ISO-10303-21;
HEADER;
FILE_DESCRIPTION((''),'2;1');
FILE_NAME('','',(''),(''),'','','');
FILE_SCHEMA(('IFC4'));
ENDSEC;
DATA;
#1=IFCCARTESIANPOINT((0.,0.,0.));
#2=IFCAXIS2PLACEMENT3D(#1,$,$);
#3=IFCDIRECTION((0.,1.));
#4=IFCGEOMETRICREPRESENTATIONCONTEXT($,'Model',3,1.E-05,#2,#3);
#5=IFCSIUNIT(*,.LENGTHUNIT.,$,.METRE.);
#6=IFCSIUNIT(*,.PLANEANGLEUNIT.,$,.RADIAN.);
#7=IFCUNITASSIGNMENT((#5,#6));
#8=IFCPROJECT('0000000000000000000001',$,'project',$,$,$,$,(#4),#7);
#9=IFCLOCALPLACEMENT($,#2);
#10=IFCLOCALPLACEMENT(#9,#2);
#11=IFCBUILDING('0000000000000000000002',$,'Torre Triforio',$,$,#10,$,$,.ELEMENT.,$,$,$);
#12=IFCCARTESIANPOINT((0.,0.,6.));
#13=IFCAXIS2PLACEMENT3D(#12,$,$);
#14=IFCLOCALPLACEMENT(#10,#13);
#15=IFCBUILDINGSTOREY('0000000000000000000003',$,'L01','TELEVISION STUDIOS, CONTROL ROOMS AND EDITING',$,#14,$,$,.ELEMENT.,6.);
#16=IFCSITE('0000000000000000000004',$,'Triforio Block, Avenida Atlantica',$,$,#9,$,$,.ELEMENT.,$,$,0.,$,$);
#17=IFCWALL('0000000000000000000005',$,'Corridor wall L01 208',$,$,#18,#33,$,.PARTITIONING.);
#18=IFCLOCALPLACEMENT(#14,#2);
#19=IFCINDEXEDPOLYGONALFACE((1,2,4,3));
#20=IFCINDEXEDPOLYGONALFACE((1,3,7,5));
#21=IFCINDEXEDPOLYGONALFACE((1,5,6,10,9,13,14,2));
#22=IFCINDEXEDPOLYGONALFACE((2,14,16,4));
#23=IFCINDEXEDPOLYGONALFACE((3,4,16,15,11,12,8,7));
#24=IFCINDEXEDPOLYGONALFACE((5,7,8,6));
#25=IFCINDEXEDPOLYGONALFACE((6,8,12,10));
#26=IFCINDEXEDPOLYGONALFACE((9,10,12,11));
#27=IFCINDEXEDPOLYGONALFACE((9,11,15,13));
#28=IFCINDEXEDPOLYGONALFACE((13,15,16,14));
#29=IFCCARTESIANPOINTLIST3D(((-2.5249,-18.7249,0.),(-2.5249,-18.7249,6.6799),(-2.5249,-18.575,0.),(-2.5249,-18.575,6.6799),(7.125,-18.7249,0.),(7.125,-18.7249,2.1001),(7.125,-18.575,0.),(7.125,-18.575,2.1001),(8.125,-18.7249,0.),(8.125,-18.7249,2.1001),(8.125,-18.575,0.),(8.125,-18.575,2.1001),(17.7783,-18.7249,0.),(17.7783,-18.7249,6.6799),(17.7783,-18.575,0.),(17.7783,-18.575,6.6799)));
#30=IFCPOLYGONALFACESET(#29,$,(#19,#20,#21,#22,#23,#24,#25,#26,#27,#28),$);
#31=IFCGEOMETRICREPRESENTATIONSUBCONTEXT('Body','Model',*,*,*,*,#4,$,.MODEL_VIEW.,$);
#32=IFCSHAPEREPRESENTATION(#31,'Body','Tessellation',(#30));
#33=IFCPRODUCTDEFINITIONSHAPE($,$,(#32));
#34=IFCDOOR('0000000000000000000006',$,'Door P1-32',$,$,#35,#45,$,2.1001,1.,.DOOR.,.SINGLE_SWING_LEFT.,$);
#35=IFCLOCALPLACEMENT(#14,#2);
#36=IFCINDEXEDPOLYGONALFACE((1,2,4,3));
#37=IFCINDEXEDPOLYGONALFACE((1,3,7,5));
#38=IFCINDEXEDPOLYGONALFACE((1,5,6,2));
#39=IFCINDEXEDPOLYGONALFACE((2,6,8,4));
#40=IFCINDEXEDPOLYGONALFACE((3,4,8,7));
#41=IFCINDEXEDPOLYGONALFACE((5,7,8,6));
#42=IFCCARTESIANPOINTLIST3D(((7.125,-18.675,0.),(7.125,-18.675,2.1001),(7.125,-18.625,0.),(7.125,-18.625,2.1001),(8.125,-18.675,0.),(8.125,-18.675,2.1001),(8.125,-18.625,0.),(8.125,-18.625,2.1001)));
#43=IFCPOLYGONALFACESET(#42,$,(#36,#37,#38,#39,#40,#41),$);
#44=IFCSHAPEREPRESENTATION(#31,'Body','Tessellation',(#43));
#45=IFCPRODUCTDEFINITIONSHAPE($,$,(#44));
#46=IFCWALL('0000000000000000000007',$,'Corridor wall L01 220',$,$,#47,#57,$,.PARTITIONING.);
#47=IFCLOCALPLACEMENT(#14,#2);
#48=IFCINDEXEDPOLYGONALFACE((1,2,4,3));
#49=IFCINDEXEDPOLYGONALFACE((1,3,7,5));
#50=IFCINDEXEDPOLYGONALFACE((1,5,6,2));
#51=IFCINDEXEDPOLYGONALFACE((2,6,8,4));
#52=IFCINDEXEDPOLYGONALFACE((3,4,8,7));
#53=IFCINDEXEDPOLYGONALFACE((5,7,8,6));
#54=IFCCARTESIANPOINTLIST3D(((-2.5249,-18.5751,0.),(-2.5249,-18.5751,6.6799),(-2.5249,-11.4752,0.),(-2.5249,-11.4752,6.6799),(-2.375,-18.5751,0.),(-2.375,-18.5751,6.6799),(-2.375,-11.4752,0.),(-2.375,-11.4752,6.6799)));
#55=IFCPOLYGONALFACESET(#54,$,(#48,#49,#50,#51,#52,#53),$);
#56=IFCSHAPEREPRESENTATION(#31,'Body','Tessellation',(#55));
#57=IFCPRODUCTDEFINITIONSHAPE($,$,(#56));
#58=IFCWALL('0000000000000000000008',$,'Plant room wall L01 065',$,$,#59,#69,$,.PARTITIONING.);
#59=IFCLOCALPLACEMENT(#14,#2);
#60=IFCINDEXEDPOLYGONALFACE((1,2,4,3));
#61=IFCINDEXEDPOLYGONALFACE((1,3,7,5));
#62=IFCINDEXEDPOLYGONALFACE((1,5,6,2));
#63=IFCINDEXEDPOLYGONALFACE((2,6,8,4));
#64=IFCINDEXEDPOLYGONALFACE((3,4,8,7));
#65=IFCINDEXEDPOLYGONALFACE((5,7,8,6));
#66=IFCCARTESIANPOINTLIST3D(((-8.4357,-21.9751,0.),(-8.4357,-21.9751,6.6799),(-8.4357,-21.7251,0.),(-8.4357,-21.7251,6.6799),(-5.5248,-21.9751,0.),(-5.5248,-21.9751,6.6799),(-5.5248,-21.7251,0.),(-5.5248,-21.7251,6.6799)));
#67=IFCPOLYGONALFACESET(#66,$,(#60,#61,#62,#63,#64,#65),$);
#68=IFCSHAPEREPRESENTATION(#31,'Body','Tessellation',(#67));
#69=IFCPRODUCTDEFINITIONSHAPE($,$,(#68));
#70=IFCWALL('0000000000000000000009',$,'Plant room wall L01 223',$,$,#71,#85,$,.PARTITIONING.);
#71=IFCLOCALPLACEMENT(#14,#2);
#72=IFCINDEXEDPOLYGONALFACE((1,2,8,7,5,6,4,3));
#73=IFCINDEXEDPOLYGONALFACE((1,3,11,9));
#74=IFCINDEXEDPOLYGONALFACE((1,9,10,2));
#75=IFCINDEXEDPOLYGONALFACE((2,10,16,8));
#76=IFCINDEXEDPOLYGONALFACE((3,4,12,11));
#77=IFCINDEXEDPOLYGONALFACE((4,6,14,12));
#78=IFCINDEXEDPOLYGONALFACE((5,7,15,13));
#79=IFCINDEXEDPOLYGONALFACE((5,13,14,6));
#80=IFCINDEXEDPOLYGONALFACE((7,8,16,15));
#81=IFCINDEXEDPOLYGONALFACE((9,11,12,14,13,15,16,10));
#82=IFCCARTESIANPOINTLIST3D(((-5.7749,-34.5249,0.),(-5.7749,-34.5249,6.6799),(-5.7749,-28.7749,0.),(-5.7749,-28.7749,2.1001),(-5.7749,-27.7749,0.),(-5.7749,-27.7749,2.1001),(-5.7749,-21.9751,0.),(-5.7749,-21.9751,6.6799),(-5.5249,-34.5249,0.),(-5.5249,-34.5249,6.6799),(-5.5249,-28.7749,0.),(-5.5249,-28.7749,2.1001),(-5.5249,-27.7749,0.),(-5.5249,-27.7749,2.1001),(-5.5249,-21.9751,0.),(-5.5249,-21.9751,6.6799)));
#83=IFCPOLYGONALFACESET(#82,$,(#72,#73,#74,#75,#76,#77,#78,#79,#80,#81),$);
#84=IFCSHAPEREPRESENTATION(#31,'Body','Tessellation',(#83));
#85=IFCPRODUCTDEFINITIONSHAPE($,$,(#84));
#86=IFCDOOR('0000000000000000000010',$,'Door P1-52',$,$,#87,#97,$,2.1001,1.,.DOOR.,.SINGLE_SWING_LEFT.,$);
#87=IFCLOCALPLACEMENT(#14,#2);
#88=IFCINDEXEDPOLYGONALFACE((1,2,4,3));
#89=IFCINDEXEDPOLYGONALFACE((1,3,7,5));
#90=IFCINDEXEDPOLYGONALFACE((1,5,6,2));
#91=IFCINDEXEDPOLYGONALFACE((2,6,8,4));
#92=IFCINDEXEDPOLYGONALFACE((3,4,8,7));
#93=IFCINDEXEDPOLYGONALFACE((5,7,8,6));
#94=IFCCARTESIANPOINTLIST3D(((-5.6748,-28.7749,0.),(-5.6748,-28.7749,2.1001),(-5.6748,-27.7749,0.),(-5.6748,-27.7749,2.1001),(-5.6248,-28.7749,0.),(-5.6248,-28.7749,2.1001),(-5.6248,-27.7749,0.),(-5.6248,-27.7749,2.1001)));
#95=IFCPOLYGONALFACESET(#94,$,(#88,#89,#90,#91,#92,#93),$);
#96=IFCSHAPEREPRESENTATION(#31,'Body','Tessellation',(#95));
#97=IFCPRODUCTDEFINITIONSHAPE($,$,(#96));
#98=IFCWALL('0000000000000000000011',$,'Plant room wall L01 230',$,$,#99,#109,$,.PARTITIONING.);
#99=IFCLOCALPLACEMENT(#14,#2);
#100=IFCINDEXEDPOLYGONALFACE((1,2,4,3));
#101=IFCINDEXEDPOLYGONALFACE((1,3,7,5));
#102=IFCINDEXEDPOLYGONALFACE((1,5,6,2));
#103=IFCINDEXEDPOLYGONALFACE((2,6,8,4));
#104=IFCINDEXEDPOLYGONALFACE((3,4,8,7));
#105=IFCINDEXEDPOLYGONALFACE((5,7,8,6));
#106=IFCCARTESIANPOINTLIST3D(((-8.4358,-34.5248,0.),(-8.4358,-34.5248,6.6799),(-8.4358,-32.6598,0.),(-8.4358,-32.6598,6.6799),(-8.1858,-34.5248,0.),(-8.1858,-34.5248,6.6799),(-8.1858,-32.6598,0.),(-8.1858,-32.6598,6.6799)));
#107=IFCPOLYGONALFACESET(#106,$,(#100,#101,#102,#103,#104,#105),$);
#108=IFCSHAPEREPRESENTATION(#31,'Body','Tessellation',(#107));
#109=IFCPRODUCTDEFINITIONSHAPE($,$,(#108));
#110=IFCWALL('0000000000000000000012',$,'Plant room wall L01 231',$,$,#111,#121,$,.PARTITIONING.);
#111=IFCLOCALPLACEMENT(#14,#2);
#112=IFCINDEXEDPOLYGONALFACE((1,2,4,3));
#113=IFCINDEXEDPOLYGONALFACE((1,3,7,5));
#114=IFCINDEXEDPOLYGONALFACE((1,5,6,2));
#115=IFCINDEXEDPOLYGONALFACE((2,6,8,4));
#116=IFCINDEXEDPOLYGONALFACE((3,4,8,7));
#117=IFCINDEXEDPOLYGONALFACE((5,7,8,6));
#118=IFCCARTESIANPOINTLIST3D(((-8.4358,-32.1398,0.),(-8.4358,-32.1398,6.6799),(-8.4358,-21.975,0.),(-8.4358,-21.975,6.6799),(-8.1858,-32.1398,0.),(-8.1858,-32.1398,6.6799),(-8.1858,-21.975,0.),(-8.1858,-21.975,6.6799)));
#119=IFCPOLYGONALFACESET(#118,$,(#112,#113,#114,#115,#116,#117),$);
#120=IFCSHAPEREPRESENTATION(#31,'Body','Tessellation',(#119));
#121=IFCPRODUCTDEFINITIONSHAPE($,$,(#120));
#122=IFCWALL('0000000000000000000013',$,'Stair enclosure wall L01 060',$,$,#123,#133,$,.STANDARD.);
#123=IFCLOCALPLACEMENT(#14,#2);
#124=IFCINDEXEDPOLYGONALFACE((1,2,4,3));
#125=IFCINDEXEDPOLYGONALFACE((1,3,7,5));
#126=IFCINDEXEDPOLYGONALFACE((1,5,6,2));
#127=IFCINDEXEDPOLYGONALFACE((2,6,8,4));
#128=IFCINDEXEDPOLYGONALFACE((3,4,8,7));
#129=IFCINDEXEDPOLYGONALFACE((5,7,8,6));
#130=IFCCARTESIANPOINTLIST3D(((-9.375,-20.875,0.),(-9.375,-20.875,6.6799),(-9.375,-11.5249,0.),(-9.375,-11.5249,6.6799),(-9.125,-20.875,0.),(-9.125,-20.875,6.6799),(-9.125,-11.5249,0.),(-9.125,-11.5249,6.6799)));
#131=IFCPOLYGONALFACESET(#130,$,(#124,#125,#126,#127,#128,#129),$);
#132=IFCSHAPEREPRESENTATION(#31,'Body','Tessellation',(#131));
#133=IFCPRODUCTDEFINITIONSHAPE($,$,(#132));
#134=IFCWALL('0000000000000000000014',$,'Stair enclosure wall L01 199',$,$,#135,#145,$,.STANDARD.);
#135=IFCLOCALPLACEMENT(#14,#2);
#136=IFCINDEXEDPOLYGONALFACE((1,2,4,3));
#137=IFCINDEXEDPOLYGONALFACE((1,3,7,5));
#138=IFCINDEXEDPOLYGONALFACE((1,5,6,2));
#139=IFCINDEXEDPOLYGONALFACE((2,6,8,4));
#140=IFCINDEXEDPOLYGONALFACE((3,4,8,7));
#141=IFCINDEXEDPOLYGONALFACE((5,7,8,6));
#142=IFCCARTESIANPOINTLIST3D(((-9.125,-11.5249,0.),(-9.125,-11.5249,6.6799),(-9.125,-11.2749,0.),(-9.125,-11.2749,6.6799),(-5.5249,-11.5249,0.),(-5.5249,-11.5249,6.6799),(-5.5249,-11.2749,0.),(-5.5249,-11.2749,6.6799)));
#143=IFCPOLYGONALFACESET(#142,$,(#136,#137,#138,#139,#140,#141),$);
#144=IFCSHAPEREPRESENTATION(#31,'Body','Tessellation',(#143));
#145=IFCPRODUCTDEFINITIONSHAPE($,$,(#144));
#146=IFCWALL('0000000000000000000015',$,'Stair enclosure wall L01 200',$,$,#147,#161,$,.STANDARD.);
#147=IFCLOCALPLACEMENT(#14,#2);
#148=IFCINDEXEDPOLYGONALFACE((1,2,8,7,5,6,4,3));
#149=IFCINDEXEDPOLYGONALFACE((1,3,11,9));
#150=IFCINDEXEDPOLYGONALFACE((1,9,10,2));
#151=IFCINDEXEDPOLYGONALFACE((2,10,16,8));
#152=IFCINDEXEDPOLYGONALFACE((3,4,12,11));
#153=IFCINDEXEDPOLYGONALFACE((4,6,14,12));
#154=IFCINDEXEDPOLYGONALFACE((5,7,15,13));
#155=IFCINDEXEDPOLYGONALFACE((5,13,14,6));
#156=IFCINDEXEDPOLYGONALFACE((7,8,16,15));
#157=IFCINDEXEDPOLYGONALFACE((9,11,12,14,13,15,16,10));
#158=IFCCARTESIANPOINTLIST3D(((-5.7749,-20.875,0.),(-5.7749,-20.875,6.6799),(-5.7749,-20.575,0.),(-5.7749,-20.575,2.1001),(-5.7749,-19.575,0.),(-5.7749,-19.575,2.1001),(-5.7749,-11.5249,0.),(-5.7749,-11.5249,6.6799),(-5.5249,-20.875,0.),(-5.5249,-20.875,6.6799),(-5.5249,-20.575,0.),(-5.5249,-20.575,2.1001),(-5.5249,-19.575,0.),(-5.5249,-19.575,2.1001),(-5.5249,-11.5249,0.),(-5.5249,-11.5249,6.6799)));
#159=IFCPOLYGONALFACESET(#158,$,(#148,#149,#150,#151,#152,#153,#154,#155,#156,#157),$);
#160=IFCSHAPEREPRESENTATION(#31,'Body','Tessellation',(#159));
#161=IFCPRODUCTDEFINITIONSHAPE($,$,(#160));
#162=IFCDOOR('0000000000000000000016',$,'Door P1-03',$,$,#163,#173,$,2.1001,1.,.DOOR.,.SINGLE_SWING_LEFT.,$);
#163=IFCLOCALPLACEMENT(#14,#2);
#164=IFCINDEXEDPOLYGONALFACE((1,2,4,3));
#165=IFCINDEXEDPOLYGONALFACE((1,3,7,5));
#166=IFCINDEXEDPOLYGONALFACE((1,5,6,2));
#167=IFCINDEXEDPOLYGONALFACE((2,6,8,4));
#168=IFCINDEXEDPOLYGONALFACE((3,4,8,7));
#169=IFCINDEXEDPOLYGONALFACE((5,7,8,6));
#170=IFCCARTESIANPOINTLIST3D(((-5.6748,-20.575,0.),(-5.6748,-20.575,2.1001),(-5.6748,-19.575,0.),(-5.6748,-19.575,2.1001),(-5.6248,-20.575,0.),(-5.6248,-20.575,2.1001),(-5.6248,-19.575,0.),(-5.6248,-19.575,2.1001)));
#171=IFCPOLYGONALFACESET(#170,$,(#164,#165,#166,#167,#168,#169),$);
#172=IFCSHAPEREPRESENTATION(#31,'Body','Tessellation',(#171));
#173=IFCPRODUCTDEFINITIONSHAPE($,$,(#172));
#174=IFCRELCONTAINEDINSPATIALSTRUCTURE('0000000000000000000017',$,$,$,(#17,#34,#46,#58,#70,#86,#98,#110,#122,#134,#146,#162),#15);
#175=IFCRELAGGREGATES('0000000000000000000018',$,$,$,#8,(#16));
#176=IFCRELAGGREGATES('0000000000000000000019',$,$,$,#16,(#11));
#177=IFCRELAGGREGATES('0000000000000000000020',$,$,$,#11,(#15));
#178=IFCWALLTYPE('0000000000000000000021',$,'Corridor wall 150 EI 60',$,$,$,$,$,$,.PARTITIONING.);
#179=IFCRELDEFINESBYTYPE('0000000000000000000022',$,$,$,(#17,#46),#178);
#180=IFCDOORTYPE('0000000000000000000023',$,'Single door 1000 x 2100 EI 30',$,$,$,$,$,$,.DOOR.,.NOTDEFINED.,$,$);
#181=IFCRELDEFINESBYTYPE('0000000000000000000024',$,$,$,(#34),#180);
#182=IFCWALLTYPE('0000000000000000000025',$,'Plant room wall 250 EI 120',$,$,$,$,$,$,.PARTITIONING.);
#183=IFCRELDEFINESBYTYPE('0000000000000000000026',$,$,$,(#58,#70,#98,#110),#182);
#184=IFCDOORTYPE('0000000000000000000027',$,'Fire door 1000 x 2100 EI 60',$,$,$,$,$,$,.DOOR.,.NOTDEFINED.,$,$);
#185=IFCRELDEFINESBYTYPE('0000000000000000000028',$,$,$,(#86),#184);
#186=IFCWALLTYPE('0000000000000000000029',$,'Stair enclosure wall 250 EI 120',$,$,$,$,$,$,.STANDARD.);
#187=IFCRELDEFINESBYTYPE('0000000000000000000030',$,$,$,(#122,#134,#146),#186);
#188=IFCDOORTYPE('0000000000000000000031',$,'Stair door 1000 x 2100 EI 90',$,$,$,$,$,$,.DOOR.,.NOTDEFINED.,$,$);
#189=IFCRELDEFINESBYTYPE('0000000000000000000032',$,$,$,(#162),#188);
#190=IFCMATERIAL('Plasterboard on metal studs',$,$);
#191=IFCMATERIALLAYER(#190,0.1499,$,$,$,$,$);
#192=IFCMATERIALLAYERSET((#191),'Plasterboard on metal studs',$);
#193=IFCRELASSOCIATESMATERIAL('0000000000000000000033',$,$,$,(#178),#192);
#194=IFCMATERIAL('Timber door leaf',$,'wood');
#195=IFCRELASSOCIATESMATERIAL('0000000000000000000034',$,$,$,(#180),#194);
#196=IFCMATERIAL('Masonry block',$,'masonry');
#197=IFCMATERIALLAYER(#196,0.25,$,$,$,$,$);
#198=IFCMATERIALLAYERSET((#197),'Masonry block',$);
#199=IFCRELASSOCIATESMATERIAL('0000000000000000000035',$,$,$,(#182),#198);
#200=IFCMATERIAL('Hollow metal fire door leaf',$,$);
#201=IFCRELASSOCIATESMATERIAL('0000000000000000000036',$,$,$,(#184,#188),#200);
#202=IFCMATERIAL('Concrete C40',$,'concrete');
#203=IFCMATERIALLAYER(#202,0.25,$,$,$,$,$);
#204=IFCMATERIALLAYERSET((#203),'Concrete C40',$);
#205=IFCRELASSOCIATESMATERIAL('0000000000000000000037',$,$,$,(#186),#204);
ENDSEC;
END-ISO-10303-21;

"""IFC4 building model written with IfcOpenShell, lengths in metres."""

from ifc_helpers import new_model, si_unit, direction, frame, frame_2d, origin, place, context, subcontext, project, spatial, rectangle, extrude, material, layer, layer_set, type_object, element, fill, save


model = new_model("IFC4")

# Units and contexts
model_context = context("Model", 3, precision=1e-05, world=origin(), true_north=direction((0.0, 1.0)))
body_context = subcontext(model_context, "Body", "Model", "MODEL_VIEW")
ifc_project = project(units=[si_unit("LENGTHUNIT", "METRE"), si_unit("PLANEANGLEUNIT", "RADIAN")], contexts=[model_context])

# Site, building, storey
site_placement = place(None, origin())
site = spatial("IfcSite", under=ifc_project, at=site_placement, Name="Triforio Block, Avenida Atlantica", CompositionType="ELEMENT", RefElevation=0.0)
building_placement = place(site_placement, origin())
building = spatial("IfcBuilding", under=site, at=building_placement, Name="Torre Triforio", CompositionType="ELEMENT")
storey_placement = place(building_placement, frame((0.0, 0.0, 6.0)))
storey = spatial("IfcBuildingStorey", under=building, at=storey_placement, Name="L01", Description="TELEVISION STUDIOS, CONTROL ROOMS AND EDITING", CompositionType="ELEMENT", Elevation=6.0)

# Shared definitions
ifc_material_1 = material(Name="Plasterboard on metal studs")
ifc_layer_1 = layer(ifc_material_1, 0.1499)
ifc_layer_set_1 = layer_set([ifc_layer_1], Name="Plasterboard on metal studs")
wall_type_1 = type_object("IfcWallType", Name="Corridor wall 150 EI 60", PredefinedType="PARTITIONING", material=ifc_layer_set_1)

# Shared definitions
ifc_material_2 = material(Name="Timber door leaf", Category="wood")
door_type_1 = type_object("IfcDoorType", Name="Single door 1000 x 2100 EI 30", OperationType="NOTDEFINED", PredefinedType="DOOR", material=ifc_material_2)

# Wall, opening, door
wall_1_placement = place(storey_placement, frame((-2.5249, -18.6499, 0.0), z_axis=(0.0, 0.0, 1.0), x_axis=(1.0, 0.0, 0.0)))
wall_1 = element("IfcWall", 1, at=wall_1_placement, inside=storey, type_object=wall_type_1, Name="Corridor wall L01 208", PredefinedType="PARTITIONING", context=body_context, shape_type="SweptSolid", body=[
    extrude(rectangle(XDim=20.3032, YDim=0.1499, at=frame_2d((10.1516, 0.0))), origin(), (0.0, 0.0, 1.0), 6.6799),
])
opening_1_placement = place(wall_1_placement, frame((9.6499, 0.0, 0.0)))
opening_1 = element("IfcOpeningElement", 2, at=opening_1_placement, cuts=wall_1, PredefinedType="OPENING", context=body_context, shape_type="SweptSolid", body=[
    extrude(rectangle(XDim=1.0, YDim=2.1001, at=frame_2d((0.5, 1.05))), frame((0.0, 0.085, 0.0), z_axis=(0.0, -1.0, 0.0), x_axis=(1.0, 0.0, 0.0)), (0.0, 0.0, 1.0), 0.1699),
])
door_1_placement = place(opening_1_placement, origin())
door_1 = element("IfcDoor", 3, at=door_1_placement, inside=storey, type_object=door_type_1, Name="Door P1-32", OperationType="SINGLE_SWING_LEFT", OverallHeight=2.1001, OverallWidth=1.0, PredefinedType="DOOR", context=body_context, shape_type="SweptSolid", body=[
    extrude(rectangle(XDim=1.0, YDim=2.1001, at=frame_2d((0.5, 1.05))), frame((0.0, 0.0249, 0.0), z_axis=(0.0, -1.0, 0.0), x_axis=(1.0, 0.0, 0.0)), (0.0, 0.0, 1.0), 0.05),
])
fill(opening_1, door_1)

# Walls
wall_2_placement = place(storey_placement, frame((-2.45, -18.575, 0.0), z_axis=(0.0, 0.0, 1.0), x_axis=(0.0, 1.0, 0.0)))
element("IfcWall", 4, at=wall_2_placement, inside=storey, type_object=wall_type_1, Name="Corridor wall L01 220", PredefinedType="PARTITIONING", context=body_context, shape_type="SweptSolid", body=[
    extrude(rectangle(XDim=7.0999, YDim=0.1499, at=frame_2d((3.5498, 0.0))), origin(), (0.0, 0.0, 1.0), 6.6799),
])
ifc_material_3 = material(Name="Masonry block", Category="masonry")
ifc_layer_2 = layer(ifc_material_3, 0.25)
ifc_layer_set_2 = layer_set([ifc_layer_2], Name="Masonry block")
wall_type_2 = type_object("IfcWallType", Name="Plant room wall 250 EI 120", PredefinedType="PARTITIONING", material=ifc_layer_set_2)
wall_3_placement = place(storey_placement, frame((-8.4358, -21.8501, 0.0), z_axis=(0.0, 0.0, 1.0), x_axis=(1.0, 0.0, 0.0)))
element("IfcWall", 5, at=wall_3_placement, inside=storey, type_object=wall_type_2, Name="Plant room wall L01 065", PredefinedType="PARTITIONING", context=body_context, shape_type="SweptSolid", body=[
    extrude(rectangle(XDim=2.9109, YDim=0.25, at=frame_2d((1.4556, 0.0))), origin(), (0.0, 0.0, 1.0), 6.6799),
])

# Wall, opening, door
wall_4_placement = place(storey_placement, frame((-5.6499, -34.5249, 0.0), z_axis=(0.0, 0.0, 1.0), x_axis=(0.0, 1.0, 0.0)))
wall_4 = element("IfcWall", 6, at=wall_4_placement, inside=storey, type_object=wall_type_2, Name="Plant room wall L01 223", PredefinedType="PARTITIONING", context=body_context, shape_type="SweptSolid", body=[
    extrude(rectangle(XDim=12.5498, YDim=0.25, at=frame_2d((6.2749, 0.0))), origin(), (0.0, 0.0, 1.0), 6.6799),
])
opening_2_placement = place(wall_4_placement, frame((5.75, 0.0, 0.0)))
opening_2 = element("IfcOpeningElement", 7, at=opening_2_placement, cuts=wall_4, PredefinedType="OPENING", context=body_context, shape_type="SweptSolid", body=[
    extrude(rectangle(XDim=1.0, YDim=2.1001, at=frame_2d((0.5, 1.05))), frame((0.0, 0.135, 0.0), z_axis=(0.0, -1.0, 0.0), x_axis=(1.0, 0.0, 0.0)), (0.0, 0.0, 1.0), 0.27),
])
ifc_material_4 = material(Name="Hollow metal fire door leaf")
door_type_2 = type_object("IfcDoorType", Name="Fire door 1000 x 2100 EI 60", OperationType="NOTDEFINED", PredefinedType="DOOR", material=ifc_material_4)
door_2_placement = place(opening_2_placement, origin())
door_2 = element("IfcDoor", 8, at=door_2_placement, inside=storey, type_object=door_type_2, Name="Door P1-52", OperationType="SINGLE_SWING_LEFT", OverallHeight=2.1001, OverallWidth=1.0, PredefinedType="DOOR", context=body_context, shape_type="SweptSolid", body=[
    extrude(rectangle(XDim=1.0, YDim=2.1001, at=frame_2d((0.5, 1.05))), frame((0.0, 0.0249, 0.0), z_axis=(0.0, -1.0, 0.0), x_axis=(1.0, 0.0, 0.0)), (0.0, 0.0, 1.0), 0.05),
])
fill(opening_2, door_2)

# Walls
wall_5_placement = place(storey_placement, frame((-8.3108, -34.5249, 0.0), z_axis=(0.0, 0.0, 1.0), x_axis=(0.0, 1.0, 0.0)))
element("IfcWall", 9, at=wall_5_placement, inside=storey, type_object=wall_type_2, Name="Plant room wall L01 230", PredefinedType="PARTITIONING", context=body_context, shape_type="SweptSolid", body=[
    extrude(rectangle(XDim=1.865, YDim=0.25, at=frame_2d((0.9326, 0.0))), origin(), (0.0, 0.0, 1.0), 6.6799),
])
wall_6_placement = place(storey_placement, frame((-8.3108, -32.1399, 0.0), z_axis=(0.0, 0.0, 1.0), x_axis=(0.0, 1.0, 0.0)))
element("IfcWall", 10, at=wall_6_placement, inside=storey, type_object=wall_type_2, Name="Plant room wall L01 231", PredefinedType="PARTITIONING", context=body_context, shape_type="SweptSolid", body=[
    extrude(rectangle(XDim=10.1648, YDim=0.25, at=frame_2d((5.0825, 0.0))), origin(), (0.0, 0.0, 1.0), 6.6799),
])
ifc_material_5 = material(Name="Concrete C40", Category="concrete")
ifc_layer_3 = layer(ifc_material_5, 0.25)
ifc_layer_set_3 = layer_set([ifc_layer_3], Name="Concrete C40")
wall_type_3 = type_object("IfcWallType", Name="Stair enclosure wall 250 EI 120", PredefinedType="STANDARD", material=ifc_layer_set_3)
wall_7_placement = place(storey_placement, frame((-9.25, -20.875, 0.0), z_axis=(0.0, 0.0, 1.0), x_axis=(0.0, 1.0, 0.0)))
element("IfcWall", 11, at=wall_7_placement, inside=storey, type_object=wall_type_3, Name="Stair enclosure wall L01 060", PredefinedType="STANDARD", context=body_context, shape_type="SweptSolid", body=[
    extrude(rectangle(XDim=9.3501, YDim=0.25, at=frame_2d((4.675, 0.0))), origin(), (0.0, 0.0, 1.0), 6.6799),
])
wall_8_placement = place(storey_placement, frame((-9.125, -11.3999, 0.0), z_axis=(0.0, 0.0, 1.0), x_axis=(1.0, 0.0, 0.0)))
element("IfcWall", 12, at=wall_8_placement, inside=storey, type_object=wall_type_3, Name="Stair enclosure wall L01 199", PredefinedType="STANDARD", context=body_context, shape_type="SweptSolid", body=[
    extrude(rectangle(XDim=3.6001, YDim=0.25, at=frame_2d((1.8, 0.0))), origin(), (0.0, 0.0, 1.0), 6.6799),
])

# Wall, opening, door
wall_9_placement = place(storey_placement, frame((-5.6499, -20.875, 0.0), z_axis=(0.0, 0.0, 1.0), x_axis=(0.0, 1.0, 0.0)))
wall_9 = element("IfcWall", 13, at=wall_9_placement, inside=storey, type_object=wall_type_3, Name="Stair enclosure wall L01 200", PredefinedType="STANDARD", context=body_context, shape_type="SweptSolid", body=[
    extrude(rectangle(XDim=9.3501, YDim=0.25, at=frame_2d((4.675, 0.0))), origin(), (0.0, 0.0, 1.0), 6.6799),
])
opening_3_placement = place(wall_9_placement, frame((0.3, 0.0, 0.0)))
opening_3 = element("IfcOpeningElement", 14, at=opening_3_placement, cuts=wall_9, PredefinedType="OPENING", context=body_context, shape_type="SweptSolid", body=[
    extrude(rectangle(XDim=1.0, YDim=2.1001, at=frame_2d((0.5, 1.05))), frame((0.0, 0.135, 0.0), z_axis=(0.0, -1.0, 0.0), x_axis=(1.0, 0.0, 0.0)), (0.0, 0.0, 1.0), 0.27),
])
door_type_3 = type_object("IfcDoorType", Name="Stair door 1000 x 2100 EI 90", OperationType="NOTDEFINED", PredefinedType="DOOR", material=ifc_material_4)
door_3_placement = place(opening_3_placement, origin())
door_3 = element("IfcDoor", 15, at=door_3_placement, inside=storey, type_object=door_type_3, Name="Door P1-03", OperationType="SINGLE_SWING_LEFT", OverallHeight=2.1001, OverallWidth=1.0, PredefinedType="DOOR", context=body_context, shape_type="SweptSolid", body=[
    extrude(rectangle(XDim=1.0, YDim=2.1001, at=frame_2d((0.5, 1.05))), frame((0.0, 0.0249, 0.0), z_axis=(0.0, -1.0, 0.0), x_axis=(1.0, 0.0, 0.0)), (0.0, 0.0, 1.0), 0.05),
])
fill(opening_3, door_3)

save(model, "model.ifc")
